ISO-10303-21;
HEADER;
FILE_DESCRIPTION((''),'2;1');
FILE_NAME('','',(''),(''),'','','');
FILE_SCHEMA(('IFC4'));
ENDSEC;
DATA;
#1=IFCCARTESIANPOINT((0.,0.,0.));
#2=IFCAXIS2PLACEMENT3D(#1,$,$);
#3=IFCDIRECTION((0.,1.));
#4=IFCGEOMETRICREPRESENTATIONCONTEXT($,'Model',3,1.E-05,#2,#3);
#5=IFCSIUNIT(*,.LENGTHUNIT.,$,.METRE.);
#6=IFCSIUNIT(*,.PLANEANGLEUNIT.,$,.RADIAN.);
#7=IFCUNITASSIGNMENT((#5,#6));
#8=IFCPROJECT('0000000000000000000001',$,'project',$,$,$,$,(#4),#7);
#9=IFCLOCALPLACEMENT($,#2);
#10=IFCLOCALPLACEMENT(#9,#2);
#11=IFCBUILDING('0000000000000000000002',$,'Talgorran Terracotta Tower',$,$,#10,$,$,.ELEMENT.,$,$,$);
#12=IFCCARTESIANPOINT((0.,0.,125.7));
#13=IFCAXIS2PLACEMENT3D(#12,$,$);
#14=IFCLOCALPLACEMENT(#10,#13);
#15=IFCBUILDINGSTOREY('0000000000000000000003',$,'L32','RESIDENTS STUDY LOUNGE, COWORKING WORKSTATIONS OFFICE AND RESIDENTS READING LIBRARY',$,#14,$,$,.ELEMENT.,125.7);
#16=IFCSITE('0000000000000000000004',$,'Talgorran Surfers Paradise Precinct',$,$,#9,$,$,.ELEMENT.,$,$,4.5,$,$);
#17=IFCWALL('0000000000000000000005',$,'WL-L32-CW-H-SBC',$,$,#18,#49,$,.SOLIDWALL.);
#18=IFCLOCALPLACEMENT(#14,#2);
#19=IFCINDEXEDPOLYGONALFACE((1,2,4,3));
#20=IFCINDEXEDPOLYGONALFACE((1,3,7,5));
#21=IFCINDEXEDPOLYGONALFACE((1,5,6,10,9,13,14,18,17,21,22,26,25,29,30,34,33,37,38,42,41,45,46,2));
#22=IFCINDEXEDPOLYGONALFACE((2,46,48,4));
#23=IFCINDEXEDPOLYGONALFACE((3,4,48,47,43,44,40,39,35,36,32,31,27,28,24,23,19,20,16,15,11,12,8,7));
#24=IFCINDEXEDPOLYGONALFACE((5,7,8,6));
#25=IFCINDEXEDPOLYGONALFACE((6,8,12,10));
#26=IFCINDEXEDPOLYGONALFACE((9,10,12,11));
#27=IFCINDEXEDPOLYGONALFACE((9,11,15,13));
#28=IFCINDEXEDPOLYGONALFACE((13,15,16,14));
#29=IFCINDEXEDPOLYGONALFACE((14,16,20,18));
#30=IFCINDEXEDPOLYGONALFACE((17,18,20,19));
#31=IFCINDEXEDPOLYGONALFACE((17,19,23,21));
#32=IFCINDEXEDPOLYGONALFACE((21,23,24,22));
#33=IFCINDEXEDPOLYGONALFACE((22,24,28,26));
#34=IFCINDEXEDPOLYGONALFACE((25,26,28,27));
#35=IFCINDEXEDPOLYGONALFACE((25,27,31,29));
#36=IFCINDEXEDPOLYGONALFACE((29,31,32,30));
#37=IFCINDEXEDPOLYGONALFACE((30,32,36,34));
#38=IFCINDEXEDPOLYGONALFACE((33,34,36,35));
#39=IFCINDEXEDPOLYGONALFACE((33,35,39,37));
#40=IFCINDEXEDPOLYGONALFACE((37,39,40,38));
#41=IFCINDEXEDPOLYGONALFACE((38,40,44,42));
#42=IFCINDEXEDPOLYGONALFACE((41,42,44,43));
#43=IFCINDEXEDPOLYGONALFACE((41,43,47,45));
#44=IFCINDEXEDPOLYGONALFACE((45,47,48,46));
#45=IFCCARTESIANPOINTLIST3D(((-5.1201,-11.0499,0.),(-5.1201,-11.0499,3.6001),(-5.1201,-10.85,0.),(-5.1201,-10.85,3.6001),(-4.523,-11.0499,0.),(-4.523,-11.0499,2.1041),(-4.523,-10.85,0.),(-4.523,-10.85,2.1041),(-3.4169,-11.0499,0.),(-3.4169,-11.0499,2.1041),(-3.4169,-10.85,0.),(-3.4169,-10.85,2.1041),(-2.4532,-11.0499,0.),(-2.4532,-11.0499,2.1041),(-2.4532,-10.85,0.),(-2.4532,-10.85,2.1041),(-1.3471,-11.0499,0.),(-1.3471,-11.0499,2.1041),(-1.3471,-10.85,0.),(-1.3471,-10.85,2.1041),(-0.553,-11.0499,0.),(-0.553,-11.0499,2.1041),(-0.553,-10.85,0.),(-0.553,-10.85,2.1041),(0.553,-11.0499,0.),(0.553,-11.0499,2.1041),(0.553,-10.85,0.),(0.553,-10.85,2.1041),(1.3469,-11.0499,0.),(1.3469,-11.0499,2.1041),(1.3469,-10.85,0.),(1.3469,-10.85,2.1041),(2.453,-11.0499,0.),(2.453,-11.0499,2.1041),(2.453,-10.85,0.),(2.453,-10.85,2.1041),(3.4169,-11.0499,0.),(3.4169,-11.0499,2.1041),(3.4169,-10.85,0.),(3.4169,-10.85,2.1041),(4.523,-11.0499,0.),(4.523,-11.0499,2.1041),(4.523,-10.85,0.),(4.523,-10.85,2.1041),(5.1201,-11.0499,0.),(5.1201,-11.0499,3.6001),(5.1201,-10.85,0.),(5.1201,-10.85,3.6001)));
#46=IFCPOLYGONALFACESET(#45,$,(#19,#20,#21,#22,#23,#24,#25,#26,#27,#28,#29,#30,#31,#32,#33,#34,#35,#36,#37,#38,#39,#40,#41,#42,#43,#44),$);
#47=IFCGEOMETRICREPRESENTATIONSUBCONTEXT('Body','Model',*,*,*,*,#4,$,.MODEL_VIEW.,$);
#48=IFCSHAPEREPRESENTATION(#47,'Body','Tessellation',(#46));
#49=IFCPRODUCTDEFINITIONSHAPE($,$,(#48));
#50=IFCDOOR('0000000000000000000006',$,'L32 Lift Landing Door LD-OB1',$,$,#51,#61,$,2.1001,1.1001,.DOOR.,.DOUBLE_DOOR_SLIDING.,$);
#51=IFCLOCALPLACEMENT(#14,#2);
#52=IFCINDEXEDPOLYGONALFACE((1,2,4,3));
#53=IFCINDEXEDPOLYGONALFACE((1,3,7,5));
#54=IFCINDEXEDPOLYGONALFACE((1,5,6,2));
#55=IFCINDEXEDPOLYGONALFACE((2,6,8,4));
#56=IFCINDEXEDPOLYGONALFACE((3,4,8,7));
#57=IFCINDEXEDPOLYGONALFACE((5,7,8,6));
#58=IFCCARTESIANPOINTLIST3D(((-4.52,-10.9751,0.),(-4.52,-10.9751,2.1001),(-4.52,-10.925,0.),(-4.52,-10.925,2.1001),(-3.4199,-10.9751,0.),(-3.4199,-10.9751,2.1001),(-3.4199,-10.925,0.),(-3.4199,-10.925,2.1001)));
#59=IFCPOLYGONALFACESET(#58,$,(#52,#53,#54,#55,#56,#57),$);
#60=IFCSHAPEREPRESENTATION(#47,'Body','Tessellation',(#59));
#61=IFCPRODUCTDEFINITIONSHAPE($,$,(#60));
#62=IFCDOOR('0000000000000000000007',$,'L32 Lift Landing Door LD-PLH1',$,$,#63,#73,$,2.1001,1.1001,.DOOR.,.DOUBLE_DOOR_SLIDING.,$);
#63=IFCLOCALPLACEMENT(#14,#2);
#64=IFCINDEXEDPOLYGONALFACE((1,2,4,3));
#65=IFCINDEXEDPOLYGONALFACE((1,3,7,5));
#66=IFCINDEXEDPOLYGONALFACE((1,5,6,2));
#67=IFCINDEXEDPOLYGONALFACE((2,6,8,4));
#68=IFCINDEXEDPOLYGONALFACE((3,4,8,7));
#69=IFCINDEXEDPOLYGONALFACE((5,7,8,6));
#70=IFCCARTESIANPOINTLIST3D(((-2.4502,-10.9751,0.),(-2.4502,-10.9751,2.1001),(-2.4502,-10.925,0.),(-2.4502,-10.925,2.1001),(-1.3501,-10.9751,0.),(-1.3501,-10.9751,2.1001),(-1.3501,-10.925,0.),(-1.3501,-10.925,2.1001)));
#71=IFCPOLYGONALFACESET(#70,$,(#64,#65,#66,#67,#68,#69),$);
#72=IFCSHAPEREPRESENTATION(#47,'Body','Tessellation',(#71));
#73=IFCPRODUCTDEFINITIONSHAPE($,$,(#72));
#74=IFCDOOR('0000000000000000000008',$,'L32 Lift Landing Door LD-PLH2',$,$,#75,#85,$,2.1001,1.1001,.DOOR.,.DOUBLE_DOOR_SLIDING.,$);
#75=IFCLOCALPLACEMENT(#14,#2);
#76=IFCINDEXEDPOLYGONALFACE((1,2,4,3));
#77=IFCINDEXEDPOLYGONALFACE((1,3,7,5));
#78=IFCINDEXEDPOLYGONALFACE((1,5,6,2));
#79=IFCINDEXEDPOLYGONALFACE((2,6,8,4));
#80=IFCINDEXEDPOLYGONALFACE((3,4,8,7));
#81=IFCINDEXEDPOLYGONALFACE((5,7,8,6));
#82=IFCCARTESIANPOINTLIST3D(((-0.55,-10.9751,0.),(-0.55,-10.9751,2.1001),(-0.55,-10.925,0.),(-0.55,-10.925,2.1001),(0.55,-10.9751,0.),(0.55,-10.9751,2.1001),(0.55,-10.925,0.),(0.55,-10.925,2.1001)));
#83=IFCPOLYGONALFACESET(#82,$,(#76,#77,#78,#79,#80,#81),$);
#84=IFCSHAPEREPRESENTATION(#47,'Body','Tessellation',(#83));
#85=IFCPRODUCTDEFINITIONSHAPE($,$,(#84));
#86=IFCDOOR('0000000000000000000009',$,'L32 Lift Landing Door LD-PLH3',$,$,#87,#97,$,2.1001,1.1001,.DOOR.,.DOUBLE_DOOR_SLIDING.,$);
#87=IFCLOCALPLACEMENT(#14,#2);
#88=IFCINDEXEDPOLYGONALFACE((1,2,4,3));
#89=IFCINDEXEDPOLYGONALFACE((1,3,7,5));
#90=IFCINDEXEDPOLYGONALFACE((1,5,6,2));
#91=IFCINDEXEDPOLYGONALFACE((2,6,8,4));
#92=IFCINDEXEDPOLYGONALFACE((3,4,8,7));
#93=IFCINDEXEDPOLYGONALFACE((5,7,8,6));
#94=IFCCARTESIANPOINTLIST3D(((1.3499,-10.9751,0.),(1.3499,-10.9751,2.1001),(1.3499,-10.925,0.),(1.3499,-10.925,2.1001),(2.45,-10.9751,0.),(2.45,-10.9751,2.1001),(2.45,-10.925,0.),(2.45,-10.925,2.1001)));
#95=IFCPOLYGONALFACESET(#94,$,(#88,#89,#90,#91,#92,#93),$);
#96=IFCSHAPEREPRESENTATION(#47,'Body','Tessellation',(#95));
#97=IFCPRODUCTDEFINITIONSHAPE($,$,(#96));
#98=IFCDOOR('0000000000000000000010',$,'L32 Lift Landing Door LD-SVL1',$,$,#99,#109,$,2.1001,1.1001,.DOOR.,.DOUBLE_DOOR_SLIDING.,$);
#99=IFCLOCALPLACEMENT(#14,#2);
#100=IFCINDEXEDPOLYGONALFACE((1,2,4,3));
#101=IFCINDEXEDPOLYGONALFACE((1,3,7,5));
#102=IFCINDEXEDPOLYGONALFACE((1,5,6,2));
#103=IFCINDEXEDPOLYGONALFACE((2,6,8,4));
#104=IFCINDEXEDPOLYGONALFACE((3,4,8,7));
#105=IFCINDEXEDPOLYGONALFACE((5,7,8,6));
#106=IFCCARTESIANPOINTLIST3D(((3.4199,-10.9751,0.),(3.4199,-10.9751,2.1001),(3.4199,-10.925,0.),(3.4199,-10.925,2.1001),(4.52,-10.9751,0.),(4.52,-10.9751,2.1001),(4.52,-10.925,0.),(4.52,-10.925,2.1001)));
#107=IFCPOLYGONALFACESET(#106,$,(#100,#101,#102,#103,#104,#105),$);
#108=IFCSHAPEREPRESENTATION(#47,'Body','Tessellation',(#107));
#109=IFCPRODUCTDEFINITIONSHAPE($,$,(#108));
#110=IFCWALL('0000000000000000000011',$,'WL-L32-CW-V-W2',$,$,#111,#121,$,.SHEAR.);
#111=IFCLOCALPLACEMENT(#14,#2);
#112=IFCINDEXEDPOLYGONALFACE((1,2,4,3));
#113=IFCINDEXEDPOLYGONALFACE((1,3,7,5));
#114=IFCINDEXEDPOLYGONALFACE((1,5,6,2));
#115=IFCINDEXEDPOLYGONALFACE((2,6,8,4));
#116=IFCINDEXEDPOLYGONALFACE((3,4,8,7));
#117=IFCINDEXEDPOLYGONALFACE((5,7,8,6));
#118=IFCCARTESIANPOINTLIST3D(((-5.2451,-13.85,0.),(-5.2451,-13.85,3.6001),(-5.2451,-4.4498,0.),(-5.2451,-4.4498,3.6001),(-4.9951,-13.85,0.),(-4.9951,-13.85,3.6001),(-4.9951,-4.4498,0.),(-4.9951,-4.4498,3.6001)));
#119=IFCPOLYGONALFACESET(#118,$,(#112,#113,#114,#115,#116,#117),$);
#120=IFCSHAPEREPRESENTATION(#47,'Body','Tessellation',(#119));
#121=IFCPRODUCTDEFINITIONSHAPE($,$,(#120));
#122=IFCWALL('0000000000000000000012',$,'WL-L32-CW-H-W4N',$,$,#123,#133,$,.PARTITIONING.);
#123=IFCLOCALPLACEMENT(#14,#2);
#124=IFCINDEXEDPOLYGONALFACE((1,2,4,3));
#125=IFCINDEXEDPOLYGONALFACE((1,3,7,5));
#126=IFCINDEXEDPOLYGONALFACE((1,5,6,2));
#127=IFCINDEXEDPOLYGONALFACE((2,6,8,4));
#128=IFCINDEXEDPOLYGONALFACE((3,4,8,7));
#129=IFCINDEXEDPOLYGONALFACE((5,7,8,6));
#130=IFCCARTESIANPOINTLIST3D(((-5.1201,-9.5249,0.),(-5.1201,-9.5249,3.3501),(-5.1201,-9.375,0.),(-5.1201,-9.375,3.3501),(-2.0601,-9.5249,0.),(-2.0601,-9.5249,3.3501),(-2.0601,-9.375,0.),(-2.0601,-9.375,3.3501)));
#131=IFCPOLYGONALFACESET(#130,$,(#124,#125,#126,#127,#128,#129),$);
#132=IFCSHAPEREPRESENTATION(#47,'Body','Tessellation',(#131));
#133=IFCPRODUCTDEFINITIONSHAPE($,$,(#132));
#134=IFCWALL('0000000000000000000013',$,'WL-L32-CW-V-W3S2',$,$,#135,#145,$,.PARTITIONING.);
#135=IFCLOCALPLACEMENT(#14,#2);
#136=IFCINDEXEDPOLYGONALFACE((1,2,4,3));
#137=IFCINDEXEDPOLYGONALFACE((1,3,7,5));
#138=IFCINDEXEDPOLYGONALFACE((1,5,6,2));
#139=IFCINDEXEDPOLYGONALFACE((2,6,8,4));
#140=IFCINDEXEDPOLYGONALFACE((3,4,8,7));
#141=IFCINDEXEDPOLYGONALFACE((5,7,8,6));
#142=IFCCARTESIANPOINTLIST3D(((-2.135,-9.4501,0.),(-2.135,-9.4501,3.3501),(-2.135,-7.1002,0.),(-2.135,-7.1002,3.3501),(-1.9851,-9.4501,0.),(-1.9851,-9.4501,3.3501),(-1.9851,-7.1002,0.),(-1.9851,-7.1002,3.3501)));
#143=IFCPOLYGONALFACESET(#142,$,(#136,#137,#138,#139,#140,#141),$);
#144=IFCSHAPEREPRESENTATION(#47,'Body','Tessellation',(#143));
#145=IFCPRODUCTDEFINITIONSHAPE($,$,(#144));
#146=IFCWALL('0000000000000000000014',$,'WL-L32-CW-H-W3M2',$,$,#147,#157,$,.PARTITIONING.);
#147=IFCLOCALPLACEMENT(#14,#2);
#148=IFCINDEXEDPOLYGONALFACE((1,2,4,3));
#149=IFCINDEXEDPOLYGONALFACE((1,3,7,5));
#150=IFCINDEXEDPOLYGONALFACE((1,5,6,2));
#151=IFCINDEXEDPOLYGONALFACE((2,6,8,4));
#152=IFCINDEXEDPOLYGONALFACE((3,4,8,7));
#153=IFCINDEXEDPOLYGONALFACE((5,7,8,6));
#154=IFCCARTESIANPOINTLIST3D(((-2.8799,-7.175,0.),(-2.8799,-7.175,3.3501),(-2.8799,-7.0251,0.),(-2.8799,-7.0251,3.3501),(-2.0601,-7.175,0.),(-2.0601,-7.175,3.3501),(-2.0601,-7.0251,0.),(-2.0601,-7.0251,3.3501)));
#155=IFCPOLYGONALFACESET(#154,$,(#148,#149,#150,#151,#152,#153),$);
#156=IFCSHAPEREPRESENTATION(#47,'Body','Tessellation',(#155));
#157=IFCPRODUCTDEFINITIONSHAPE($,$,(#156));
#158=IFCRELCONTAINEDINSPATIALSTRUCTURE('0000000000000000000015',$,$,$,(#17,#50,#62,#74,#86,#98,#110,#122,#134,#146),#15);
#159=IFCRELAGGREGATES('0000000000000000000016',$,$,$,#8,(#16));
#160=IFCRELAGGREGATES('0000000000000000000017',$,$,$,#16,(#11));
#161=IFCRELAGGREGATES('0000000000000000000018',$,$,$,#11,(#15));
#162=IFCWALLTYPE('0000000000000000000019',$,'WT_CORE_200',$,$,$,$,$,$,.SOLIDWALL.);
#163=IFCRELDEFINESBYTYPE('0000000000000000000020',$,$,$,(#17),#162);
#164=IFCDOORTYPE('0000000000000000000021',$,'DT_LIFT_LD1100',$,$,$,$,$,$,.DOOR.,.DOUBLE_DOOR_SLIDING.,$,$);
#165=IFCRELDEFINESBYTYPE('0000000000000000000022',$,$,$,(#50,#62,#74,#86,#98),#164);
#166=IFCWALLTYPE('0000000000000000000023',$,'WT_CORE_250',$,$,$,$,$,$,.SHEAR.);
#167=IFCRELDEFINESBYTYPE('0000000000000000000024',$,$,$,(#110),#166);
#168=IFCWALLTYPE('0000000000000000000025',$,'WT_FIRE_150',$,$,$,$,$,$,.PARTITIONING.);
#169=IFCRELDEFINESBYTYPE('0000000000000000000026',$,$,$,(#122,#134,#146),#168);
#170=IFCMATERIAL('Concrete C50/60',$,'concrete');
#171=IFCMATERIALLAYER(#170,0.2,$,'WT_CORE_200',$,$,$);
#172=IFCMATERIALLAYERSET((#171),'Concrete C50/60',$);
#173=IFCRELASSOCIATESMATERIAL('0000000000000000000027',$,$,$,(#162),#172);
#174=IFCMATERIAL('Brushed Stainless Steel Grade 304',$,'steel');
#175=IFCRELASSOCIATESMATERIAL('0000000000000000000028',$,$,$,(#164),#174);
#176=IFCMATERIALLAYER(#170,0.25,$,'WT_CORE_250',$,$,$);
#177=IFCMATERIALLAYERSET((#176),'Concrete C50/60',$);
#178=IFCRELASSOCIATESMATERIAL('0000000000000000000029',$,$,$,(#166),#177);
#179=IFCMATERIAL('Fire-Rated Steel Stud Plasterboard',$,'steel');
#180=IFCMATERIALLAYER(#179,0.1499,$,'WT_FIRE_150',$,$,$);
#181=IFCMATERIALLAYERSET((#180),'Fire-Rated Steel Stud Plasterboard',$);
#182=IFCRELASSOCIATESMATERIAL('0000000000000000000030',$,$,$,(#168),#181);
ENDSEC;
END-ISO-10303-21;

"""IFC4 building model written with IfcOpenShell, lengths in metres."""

from ifc_helpers import new_model, si_unit, direction, frame, frame_2d, origin, place, context, subcontext, project, spatial, rectangle, extrude, material, layer, layer_set, type_object, element, fill, save


model = new_model("IFC4")

# Units and contexts
model_context = context("Model", 3, precision=1e-05, world=origin(), true_north=direction((0.0, 1.0)))
body_context = subcontext(model_context, "Body", "Model", "MODEL_VIEW")
ifc_project = project(units=[si_unit("LENGTHUNIT", "METRE"), si_unit("PLANEANGLEUNIT", "RADIAN")], contexts=[model_context])

# Site, building, storey
site_placement = place(None, origin())
site = spatial("IfcSite", under=ifc_project, at=site_placement, Name="Talgorran Surfers Paradise Precinct", CompositionType="ELEMENT", RefElevation=4.5)
building_placement = place(site_placement, origin())
building = spatial("IfcBuilding", under=site, at=building_placement, Name="Talgorran Terracotta Tower", CompositionType="ELEMENT")
storey_placement = place(building_placement, frame((0.0, 0.0, 125.7)))
storey = spatial("IfcBuildingStorey", under=building, at=storey_placement, Name="L32", Description="RESIDENTS STUDY LOUNGE, COWORKING WORKSTATIONS OFFICE AND RESIDENTS READING LIBRARY", CompositionType="ELEMENT", Elevation=125.7)

# Shared definitions
ifc_material_1 = material(Name="Concrete C50/60", Category="concrete")

# Wall, openings, doors
ifc_layer_1 = layer(ifc_material_1, 0.2, Name="WT_CORE_200")
ifc_layer_set_1 = layer_set([ifc_layer_1], Name="Concrete C50/60")
wall_type_1 = type_object("IfcWallType", Name="WT_CORE_200", PredefinedType="SOLIDWALL", material=ifc_layer_set_1)
ifc_material_2 = material(Name="Brushed Stainless Steel Grade 304", Category="steel")
door_type_1 = type_object("IfcDoorType", Name="DT_LIFT_LD1100", OperationType="DOUBLE_DOOR_SLIDING", PredefinedType="DOOR", material=ifc_material_2)
wall_1_placement = place(storey_placement, frame((-5.1201, -10.95, 0.0), z_axis=(0.0, 0.0, 1.0), x_axis=(1.0, 0.0, 0.0)))
wall_1 = element("IfcWall", 1, at=wall_1_placement, inside=storey, type_object=wall_type_1, Name="WL-L32-CW-H-SBC", PredefinedType="SOLIDWALL", context=body_context, shape_type="SweptSolid", body=[
    extrude(rectangle(XDim=10.2402, YDim=0.2, at=frame_2d((5.1201, 0.0))), origin(), (0.0, 0.0, 1.0), 3.6001),
])
opening_1_placement = place(wall_1_placement, frame((0.6001, 0.0, 0.0)))
opening_1 = element("IfcOpeningElement", 2, at=opening_1_placement, cuts=wall_1, PredefinedType="OPENING", context=body_context, shape_type="SweptSolid", body=[
    extrude(rectangle(XDim=1.1061, YDim=2.1041, at=frame_2d((0.55, 1.052))), frame((0.0, 0.1099, 0.0), z_axis=(0.0, -1.0, 0.0), x_axis=(1.0, 0.0, 0.0)), (0.0, 0.0, 1.0), 0.22),
])
opening_2_placement = place(wall_1_placement, frame((2.6699, 0.0, 0.0)))
opening_2 = element("IfcOpeningElement", 3, at=opening_2_placement, cuts=wall_1, PredefinedType="OPENING", context=body_context, shape_type="SweptSolid", body=[
    extrude(rectangle(XDim=1.1061, YDim=2.1041, at=frame_2d((0.55, 1.052))), frame((0.0, 0.1099, 0.0), z_axis=(0.0, -1.0, 0.0), x_axis=(1.0, 0.0, 0.0)), (0.0, 0.0, 1.0), 0.22),
])
opening_3_placement = place(wall_1_placement, frame((4.5701, 0.0, 0.0)))
opening_3 = element("IfcOpeningElement", 4, at=opening_3_placement, cuts=wall_1, PredefinedType="OPENING", context=body_context, shape_type="SweptSolid", body=[
    extrude(rectangle(XDim=1.1061, YDim=2.1041, at=frame_2d((0.55, 1.052))), frame((0.0, 0.1099, 0.0), z_axis=(0.0, -1.0, 0.0), x_axis=(1.0, 0.0, 0.0)), (0.0, 0.0, 1.0), 0.22),
])
opening_4_placement = place(wall_1_placement, frame((6.47, 0.0, 0.0)))
opening_4 = element("IfcOpeningElement", 5, at=opening_4_placement, cuts=wall_1, PredefinedType="OPENING", context=body_context, shape_type="SweptSolid", body=[
    extrude(rectangle(XDim=1.1061, YDim=2.1041, at=frame_2d((0.55, 1.052))), frame((0.0, 0.1099, 0.0), z_axis=(0.0, -1.0, 0.0), x_axis=(1.0, 0.0, 0.0)), (0.0, 0.0, 1.0), 0.22),
])
opening_5_placement = place(wall_1_placement, frame((8.54, 0.0, 0.0)))
opening_5 = element("IfcOpeningElement", 6, at=opening_5_placement, cuts=wall_1, PredefinedType="OPENING", context=body_context, shape_type="SweptSolid", body=[
    extrude(rectangle(XDim=1.1061, YDim=2.1041, at=frame_2d((0.55, 1.052))), frame((0.0, 0.1099, 0.0), z_axis=(0.0, -1.0, 0.0), x_axis=(1.0, 0.0, 0.0)), (0.0, 0.0, 1.0), 0.22),
])
door_1_placement = place(opening_1_placement, origin())
door_1 = element("IfcDoor", 7, at=door_1_placement, inside=storey, type_object=door_type_1, Name="L32 Lift Landing Door LD-OB1", OperationType="DOUBLE_DOOR_SLIDING", OverallHeight=2.1001, OverallWidth=1.1001, PredefinedType="DOOR", context=body_context, shape_type="SweptSolid", body=[
    extrude(rectangle(XDim=1.1001, YDim=2.1001, at=frame_2d((0.55, 1.05))), frame((0.0, 0.0249, 0.0), z_axis=(0.0, -1.0, 0.0), x_axis=(1.0, 0.0, 0.0)), (0.0, 0.0, 1.0), 0.05),
])
fill(opening_1, door_1)
door_2_placement = place(opening_2_placement, origin())
door_2 = element("IfcDoor", 8, at=door_2_placement, inside=storey, type_object=door_type_1, Name="L32 Lift Landing Door LD-PLH1", OperationType="DOUBLE_DOOR_SLIDING", OverallHeight=2.1001, OverallWidth=1.1001, PredefinedType="DOOR", context=body_context, shape_type="SweptSolid", body=[
    extrude(rectangle(XDim=1.1001, YDim=2.1001, at=frame_2d((0.55, 1.05))), frame((0.0, 0.0249, 0.0), z_axis=(0.0, -1.0, 0.0), x_axis=(1.0, 0.0, 0.0)), (0.0, 0.0, 1.0), 0.05),
])
fill(opening_2, door_2)
door_3_placement = place(opening_3_placement, origin())
door_3 = element("IfcDoor", 9, at=door_3_placement, inside=storey, type_object=door_type_1, Name="L32 Lift Landing Door LD-PLH2", OperationType="DOUBLE_DOOR_SLIDING", OverallHeight=2.1001, OverallWidth=1.1001, PredefinedType="DOOR", context=body_context, shape_type="SweptSolid", body=[
    extrude(rectangle(XDim=1.1001, YDim=2.1001, at=frame_2d((0.55, 1.05))), frame((0.0, 0.0249, 0.0), z_axis=(0.0, -1.0, 0.0), x_axis=(1.0, 0.0, 0.0)), (0.0, 0.0, 1.0), 0.05),
])
fill(opening_3, door_3)
door_4_placement = place(opening_4_placement, origin())
door_4 = element("IfcDoor", 10, at=door_4_placement, inside=storey, type_object=door_type_1, Name="L32 Lift Landing Door LD-PLH3", OperationType="DOUBLE_DOOR_SLIDING", OverallHeight=2.1001, OverallWidth=1.1001, PredefinedType="DOOR", context=body_context, shape_type="SweptSolid", body=[
    extrude(rectangle(XDim=1.1001, YDim=2.1001, at=frame_2d((0.55, 1.05))), frame((0.0, 0.0249, 0.0), z_axis=(0.0, -1.0, 0.0), x_axis=(1.0, 0.0, 0.0)), (0.0, 0.0, 1.0), 0.05),
])
fill(opening_4, door_4)
door_5_placement = place(opening_5_placement, origin())
door_5 = element("IfcDoor", 11, at=door_5_placement, inside=storey, type_object=door_type_1, Name="L32 Lift Landing Door LD-SVL1", OperationType="DOUBLE_DOOR_SLIDING", OverallHeight=2.1001, OverallWidth=1.1001, PredefinedType="DOOR", context=body_context, shape_type="SweptSolid", body=[
    extrude(rectangle(XDim=1.1001, YDim=2.1001, at=frame_2d((0.55, 1.05))), frame((0.0, 0.0249, 0.0), z_axis=(0.0, -1.0, 0.0), x_axis=(1.0, 0.0, 0.0)), (0.0, 0.0, 1.0), 0.05),
])
fill(opening_5, door_5)

# Walls
ifc_layer_2 = layer(ifc_material_1, 0.25, Name="WT_CORE_250")
ifc_layer_set_2 = layer_set([ifc_layer_2], Name="Concrete C50/60")
wall_type_2 = type_object("IfcWallType", Name="WT_CORE_250", PredefinedType="SHEAR", material=ifc_layer_set_2)
wall_2_placement = place(storey_placement, frame((-5.1201, -13.8501, 0.0), z_axis=(0.0, 0.0, 1.0), x_axis=(0.0, 1.0, 0.0)))
element("IfcWall", 12, at=wall_2_placement, inside=storey, type_object=wall_type_2, Name="WL-L32-CW-V-W2", PredefinedType="SHEAR", context=body_context, shape_type="SweptSolid", body=[
    extrude(rectangle(XDim=9.4001, YDim=0.25, at=frame_2d((4.7002, 0.0))), origin(), (0.0, 0.0, 1.0), 3.6001),
])
ifc_material_3 = material(Name="Fire-Rated Steel Stud Plasterboard", Category="steel")
ifc_layer_3 = layer(ifc_material_3, 0.1499, Name="WT_FIRE_150")
ifc_layer_set_3 = layer_set([ifc_layer_3], Name="Fire-Rated Steel Stud Plasterboard")
wall_type_3 = type_object("IfcWallType", Name="WT_FIRE_150", PredefinedType="PARTITIONING", material=ifc_layer_set_3)
wall_3_placement = place(storey_placement, frame((-5.1201, -9.45, 0.0), z_axis=(0.0, 0.0, 1.0), x_axis=(1.0, 0.0, 0.0)))
element("IfcWall", 13, at=wall_3_placement, inside=storey, type_object=wall_type_3, Name="WL-L32-CW-H-W4N", PredefinedType="PARTITIONING", context=body_context, shape_type="SweptSolid", body=[
    extrude(rectangle(XDim=3.0601, YDim=0.1499, at=frame_2d((1.53, 0.0))), origin(), (0.0, 0.0, 1.0), 3.3501),
])
wall_4_placement = place(storey_placement, frame((-2.0601, -9.45, 0.0), z_axis=(0.0, 0.0, 1.0), x_axis=(0.0, 1.0, 0.0)))
element("IfcWall", 14, at=wall_4_placement, inside=storey, type_object=wall_type_3, Name="WL-L32-CW-V-W3S2", PredefinedType="PARTITIONING", context=body_context, shape_type="SweptSolid", body=[
    extrude(rectangle(XDim=2.3499, YDim=0.1499, at=frame_2d((1.1748, 0.0))), origin(), (0.0, 0.0, 1.0), 3.3501),
])
wall_5_placement = place(storey_placement, frame((-2.8799, -7.1001, 0.0), z_axis=(0.0, 0.0, 1.0), x_axis=(1.0, 0.0, 0.0)))
element("IfcWall", 15, at=wall_5_placement, inside=storey, type_object=wall_type_3, Name="WL-L32-CW-H-W3M2", PredefinedType="PARTITIONING", context=body_context, shape_type="SweptSolid", body=[
    extrude(rectangle(XDim=0.8198, YDim=0.1499, at=frame_2d((0.4099, 0.0))), origin(), (0.0, 0.0, 1.0), 3.3501),
])

save(model, "model.ifc")
